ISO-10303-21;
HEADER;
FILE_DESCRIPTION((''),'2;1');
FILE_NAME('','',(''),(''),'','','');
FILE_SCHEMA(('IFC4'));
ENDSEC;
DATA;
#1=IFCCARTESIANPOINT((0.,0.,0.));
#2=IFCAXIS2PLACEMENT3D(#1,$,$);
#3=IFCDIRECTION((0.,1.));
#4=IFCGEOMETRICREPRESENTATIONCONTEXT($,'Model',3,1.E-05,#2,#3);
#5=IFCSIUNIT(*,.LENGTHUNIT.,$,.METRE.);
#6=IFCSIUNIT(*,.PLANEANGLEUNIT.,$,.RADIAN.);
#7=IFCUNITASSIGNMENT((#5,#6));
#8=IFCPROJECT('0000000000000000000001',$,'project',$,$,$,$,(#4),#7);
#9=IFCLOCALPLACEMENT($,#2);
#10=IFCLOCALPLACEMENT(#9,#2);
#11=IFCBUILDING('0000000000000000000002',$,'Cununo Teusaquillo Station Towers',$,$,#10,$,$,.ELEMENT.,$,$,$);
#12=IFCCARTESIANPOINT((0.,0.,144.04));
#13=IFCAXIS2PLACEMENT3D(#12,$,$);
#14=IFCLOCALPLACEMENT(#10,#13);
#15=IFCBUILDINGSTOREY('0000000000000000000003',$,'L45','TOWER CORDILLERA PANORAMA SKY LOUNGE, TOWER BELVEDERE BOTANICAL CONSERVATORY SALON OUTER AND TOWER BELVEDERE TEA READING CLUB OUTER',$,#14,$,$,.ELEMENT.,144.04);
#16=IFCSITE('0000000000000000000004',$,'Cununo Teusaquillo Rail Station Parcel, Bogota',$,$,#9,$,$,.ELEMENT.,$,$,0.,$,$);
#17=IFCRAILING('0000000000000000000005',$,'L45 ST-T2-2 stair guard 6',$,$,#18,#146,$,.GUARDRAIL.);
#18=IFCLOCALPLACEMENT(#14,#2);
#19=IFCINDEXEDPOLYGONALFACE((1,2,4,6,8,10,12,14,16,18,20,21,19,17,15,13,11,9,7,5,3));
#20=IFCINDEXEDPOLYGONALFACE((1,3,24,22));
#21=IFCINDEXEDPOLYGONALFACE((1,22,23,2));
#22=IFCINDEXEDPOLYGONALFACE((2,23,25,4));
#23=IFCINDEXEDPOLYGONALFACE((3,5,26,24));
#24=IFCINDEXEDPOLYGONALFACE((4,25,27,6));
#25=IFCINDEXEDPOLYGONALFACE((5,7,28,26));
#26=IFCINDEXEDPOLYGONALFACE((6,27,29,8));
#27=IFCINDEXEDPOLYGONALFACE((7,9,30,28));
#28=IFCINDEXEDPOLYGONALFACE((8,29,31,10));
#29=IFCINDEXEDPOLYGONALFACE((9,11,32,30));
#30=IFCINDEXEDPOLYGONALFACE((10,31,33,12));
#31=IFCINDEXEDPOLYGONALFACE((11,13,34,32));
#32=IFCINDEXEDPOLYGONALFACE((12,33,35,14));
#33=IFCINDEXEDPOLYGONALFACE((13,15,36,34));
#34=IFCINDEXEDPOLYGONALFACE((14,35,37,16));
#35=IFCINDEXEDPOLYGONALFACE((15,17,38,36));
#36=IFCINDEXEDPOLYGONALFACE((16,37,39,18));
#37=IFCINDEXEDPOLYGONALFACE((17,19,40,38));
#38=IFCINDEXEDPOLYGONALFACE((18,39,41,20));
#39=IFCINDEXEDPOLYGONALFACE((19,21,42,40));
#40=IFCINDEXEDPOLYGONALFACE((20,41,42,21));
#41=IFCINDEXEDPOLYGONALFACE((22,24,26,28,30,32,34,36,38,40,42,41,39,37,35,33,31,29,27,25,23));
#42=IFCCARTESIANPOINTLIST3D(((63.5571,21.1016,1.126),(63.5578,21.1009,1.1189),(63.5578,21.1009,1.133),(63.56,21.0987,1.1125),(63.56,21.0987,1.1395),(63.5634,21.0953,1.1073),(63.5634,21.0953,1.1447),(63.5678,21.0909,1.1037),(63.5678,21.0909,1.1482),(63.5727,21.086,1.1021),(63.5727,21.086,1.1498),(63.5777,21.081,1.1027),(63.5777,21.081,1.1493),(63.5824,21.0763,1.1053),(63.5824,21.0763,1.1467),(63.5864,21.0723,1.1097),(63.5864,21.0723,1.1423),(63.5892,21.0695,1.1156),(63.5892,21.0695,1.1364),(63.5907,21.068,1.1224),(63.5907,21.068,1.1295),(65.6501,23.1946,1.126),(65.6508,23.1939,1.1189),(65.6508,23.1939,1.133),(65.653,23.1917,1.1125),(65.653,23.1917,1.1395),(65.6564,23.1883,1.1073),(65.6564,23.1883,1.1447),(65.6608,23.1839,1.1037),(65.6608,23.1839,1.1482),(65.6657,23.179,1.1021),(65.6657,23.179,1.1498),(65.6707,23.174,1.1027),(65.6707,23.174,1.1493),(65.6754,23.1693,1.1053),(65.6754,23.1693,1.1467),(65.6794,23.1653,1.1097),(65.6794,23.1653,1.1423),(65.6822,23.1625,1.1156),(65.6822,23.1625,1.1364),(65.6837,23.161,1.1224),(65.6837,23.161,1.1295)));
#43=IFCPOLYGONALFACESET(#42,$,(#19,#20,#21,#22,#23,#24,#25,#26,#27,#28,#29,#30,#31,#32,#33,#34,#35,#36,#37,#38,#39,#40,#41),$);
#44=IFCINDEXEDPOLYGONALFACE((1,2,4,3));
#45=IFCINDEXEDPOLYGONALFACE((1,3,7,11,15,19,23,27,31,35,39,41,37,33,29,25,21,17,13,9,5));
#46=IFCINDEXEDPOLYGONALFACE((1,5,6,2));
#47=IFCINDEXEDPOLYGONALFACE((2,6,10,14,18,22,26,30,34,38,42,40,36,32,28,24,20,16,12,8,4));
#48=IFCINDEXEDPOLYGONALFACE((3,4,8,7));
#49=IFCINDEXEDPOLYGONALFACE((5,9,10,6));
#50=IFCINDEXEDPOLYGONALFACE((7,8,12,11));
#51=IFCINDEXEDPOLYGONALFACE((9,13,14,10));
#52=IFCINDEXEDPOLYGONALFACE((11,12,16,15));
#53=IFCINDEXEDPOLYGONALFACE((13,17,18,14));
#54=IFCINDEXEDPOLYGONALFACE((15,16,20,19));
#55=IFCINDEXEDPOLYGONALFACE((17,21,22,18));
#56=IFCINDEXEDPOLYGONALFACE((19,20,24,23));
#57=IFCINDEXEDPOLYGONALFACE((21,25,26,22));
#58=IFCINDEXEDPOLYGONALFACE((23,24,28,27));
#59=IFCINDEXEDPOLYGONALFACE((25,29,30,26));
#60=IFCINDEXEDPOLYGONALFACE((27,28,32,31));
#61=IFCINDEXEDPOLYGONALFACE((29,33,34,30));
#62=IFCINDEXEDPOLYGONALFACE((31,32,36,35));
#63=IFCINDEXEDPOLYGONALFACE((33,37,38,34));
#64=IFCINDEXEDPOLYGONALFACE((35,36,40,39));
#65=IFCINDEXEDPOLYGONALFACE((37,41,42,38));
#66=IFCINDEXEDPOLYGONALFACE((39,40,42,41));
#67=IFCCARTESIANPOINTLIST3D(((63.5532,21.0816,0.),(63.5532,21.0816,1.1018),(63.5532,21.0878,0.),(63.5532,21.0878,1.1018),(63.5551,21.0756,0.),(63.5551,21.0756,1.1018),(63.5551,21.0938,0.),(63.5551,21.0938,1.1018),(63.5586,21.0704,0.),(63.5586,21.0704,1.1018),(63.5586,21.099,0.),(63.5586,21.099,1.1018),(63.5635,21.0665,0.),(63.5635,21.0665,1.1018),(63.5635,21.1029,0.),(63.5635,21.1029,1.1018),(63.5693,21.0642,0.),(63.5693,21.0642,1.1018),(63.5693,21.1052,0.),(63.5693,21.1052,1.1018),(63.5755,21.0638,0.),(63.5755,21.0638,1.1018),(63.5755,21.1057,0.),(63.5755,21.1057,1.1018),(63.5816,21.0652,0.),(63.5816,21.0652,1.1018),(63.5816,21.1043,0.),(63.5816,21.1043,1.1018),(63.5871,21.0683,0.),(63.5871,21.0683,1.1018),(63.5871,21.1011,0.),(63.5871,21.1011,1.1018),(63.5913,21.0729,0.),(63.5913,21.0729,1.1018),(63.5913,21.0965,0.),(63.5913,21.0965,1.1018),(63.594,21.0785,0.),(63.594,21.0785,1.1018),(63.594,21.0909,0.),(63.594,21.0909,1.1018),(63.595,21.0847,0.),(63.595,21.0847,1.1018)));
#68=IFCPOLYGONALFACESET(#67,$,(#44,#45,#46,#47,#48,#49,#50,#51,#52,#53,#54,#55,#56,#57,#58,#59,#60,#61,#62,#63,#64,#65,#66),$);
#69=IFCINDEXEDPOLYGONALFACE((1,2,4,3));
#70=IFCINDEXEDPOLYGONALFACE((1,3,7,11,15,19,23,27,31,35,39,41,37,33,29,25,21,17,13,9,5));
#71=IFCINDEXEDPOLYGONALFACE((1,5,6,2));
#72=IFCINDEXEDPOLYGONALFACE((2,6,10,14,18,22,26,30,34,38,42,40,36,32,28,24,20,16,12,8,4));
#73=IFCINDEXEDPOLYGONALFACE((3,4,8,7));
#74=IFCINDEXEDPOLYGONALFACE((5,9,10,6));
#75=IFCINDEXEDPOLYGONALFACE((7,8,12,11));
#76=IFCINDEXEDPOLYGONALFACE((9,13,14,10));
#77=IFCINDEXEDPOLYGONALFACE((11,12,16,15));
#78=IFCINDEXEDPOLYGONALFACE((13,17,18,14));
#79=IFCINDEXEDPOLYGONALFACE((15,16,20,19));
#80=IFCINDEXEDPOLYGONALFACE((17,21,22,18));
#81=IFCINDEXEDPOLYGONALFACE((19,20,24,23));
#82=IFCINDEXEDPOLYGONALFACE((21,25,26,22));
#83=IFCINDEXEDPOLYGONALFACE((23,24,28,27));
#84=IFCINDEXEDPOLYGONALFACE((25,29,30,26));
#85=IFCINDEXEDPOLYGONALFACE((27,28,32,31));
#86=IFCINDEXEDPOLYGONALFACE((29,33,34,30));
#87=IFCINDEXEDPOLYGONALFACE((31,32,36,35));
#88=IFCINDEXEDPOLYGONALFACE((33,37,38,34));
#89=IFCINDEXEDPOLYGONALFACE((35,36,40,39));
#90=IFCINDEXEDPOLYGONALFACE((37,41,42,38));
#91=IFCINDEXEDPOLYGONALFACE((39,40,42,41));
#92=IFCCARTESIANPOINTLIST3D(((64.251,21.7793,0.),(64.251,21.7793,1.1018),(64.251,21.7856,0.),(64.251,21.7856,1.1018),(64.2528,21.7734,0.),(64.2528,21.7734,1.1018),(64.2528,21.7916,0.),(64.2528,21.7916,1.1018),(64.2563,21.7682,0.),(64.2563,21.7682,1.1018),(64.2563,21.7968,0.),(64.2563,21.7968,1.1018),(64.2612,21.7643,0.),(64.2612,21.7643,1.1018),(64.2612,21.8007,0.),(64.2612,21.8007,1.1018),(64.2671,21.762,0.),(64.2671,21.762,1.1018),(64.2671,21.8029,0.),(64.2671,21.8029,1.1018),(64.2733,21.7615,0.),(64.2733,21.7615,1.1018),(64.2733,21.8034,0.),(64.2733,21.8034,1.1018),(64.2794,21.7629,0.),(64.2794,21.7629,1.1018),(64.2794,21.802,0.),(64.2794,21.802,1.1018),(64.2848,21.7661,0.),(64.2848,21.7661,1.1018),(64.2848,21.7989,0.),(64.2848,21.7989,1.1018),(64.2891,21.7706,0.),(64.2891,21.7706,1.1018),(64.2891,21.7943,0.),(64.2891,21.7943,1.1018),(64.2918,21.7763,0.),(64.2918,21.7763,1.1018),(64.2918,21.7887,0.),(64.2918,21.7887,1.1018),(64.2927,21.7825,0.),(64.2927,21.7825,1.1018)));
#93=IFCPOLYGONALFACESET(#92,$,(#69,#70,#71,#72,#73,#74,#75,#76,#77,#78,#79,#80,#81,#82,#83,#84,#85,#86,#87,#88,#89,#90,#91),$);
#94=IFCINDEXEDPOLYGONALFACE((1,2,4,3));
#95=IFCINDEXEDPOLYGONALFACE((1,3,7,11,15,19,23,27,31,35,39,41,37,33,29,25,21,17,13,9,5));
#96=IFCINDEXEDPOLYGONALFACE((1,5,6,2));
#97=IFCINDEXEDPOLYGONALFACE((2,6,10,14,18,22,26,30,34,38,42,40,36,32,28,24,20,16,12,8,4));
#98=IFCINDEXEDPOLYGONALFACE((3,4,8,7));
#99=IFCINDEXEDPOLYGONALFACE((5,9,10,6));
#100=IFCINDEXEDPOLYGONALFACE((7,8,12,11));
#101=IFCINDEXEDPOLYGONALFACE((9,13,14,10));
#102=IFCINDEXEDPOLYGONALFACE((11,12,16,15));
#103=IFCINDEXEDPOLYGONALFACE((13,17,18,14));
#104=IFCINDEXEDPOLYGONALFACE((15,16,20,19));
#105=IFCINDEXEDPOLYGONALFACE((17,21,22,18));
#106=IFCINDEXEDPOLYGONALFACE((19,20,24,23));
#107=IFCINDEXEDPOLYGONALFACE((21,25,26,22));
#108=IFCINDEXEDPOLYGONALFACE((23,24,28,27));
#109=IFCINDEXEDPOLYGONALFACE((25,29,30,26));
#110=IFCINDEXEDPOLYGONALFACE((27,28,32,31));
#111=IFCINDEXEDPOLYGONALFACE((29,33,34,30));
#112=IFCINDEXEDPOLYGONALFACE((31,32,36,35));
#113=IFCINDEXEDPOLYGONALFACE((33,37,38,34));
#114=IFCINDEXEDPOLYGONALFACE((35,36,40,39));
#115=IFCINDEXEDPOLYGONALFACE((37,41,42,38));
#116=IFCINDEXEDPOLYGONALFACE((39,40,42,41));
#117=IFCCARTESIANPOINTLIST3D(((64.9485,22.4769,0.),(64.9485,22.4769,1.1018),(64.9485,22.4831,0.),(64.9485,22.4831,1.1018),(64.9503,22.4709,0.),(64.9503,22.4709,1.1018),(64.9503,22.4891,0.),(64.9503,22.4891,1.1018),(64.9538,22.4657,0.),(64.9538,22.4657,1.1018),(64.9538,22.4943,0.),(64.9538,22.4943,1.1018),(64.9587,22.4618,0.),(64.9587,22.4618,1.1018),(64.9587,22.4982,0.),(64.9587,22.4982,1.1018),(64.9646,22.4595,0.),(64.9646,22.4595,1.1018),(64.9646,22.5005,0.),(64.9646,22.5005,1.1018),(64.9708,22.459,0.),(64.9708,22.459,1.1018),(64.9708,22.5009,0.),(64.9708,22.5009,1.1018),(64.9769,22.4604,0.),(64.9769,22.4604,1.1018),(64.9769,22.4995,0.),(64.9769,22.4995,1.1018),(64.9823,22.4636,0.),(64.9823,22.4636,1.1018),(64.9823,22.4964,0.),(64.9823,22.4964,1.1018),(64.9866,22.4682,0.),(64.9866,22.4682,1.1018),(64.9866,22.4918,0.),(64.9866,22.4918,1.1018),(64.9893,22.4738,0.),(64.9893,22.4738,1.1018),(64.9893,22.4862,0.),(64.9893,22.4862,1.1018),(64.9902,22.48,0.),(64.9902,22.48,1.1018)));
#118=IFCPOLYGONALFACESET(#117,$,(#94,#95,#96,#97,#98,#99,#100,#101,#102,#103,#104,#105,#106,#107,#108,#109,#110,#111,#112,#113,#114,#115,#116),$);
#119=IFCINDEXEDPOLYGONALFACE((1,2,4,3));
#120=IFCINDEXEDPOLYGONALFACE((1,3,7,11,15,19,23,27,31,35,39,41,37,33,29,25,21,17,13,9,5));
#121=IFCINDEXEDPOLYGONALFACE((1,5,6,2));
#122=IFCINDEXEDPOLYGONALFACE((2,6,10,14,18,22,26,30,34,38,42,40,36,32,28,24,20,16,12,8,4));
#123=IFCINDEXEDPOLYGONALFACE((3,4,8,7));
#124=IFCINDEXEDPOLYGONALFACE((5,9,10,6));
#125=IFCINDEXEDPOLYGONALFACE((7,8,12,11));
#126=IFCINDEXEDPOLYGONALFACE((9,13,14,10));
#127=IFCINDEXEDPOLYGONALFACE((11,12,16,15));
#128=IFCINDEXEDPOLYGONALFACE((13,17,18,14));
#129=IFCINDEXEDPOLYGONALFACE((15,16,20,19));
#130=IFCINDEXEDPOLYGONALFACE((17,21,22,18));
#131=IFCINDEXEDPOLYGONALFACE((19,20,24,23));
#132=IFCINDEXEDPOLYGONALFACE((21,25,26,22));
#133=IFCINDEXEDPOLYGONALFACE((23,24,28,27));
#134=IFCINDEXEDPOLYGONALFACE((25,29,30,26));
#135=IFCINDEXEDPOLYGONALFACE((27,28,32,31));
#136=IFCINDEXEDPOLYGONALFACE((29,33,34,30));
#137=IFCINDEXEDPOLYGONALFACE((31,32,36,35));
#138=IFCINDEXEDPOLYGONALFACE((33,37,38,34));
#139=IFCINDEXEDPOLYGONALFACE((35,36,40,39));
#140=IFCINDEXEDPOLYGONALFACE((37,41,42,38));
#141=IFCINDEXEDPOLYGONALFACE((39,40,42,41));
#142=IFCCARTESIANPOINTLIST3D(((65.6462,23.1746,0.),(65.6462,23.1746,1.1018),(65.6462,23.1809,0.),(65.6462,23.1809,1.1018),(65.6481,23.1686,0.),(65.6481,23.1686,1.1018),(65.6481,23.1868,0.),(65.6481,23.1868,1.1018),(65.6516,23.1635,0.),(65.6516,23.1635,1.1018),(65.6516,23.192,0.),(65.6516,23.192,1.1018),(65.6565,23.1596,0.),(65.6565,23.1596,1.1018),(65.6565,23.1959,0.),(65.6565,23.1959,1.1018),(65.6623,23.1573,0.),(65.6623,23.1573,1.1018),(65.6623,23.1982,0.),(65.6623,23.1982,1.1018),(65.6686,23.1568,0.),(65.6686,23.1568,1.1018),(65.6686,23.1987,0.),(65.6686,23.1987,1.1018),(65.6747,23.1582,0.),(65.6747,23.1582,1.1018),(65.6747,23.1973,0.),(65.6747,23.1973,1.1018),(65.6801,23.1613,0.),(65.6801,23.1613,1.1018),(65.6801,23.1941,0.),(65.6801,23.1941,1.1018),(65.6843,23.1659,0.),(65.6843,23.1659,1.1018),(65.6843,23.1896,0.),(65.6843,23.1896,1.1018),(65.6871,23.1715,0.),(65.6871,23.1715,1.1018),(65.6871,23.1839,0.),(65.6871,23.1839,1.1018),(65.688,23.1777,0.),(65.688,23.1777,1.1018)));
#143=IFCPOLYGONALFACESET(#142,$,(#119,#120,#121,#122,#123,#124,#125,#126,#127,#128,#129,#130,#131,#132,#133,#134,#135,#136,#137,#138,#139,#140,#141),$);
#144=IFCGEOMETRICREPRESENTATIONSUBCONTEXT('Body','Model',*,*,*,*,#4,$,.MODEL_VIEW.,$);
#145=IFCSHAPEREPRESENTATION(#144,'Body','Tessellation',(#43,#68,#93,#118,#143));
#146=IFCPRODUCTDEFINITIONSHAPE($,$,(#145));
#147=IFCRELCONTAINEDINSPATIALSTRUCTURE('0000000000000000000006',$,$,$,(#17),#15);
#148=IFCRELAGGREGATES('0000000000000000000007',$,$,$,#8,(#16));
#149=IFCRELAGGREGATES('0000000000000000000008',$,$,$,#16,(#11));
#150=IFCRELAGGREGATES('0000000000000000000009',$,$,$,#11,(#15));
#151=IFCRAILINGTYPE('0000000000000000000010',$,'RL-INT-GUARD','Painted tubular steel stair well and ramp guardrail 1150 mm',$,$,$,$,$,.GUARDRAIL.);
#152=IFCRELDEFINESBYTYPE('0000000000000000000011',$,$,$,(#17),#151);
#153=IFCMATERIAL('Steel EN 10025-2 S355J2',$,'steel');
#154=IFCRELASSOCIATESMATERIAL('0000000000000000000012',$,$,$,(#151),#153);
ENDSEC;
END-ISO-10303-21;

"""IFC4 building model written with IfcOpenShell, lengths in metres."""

from ifc_helpers import new_model, si_unit, direction, frame, origin, origin_2d, place, context, subcontext, project, spatial, circle, extrude, material, type_object, element, save


model = new_model("IFC4")

# Units and contexts
model_context = context("Model", 3, precision=1e-05, world=origin(), true_north=direction((0.0, 1.0)))
body_context = subcontext(model_context, "Body", "Model", "MODEL_VIEW")
ifc_project = project(units=[si_unit("LENGTHUNIT", "METRE"), si_unit("PLANEANGLEUNIT", "RADIAN")], contexts=[model_context])

# Site, building, storey
site_placement = place(None, origin())
site = spatial("IfcSite", under=ifc_project, at=site_placement, Name="Cununo Teusaquillo Rail Station Parcel, Bogota", CompositionType="ELEMENT", RefElevation=0.0)
building_placement = place(site_placement, origin())
building = spatial("IfcBuilding", under=site, at=building_placement, Name="Cununo Teusaquillo Station Towers", CompositionType="ELEMENT")
storey_placement = place(building_placement, frame((0.0, 0.0, 144.04)))
storey = spatial("IfcBuildingStorey", under=building, at=storey_placement, Name="L45", Description="TOWER CORDILLERA PANORAMA SKY LOUNGE, TOWER BELVEDERE BOTANICAL CONSERVATORY SALON OUTER AND TOWER BELVEDERE TEA READING CLUB OUTER", CompositionType="ELEMENT", Elevation=144.04)

# Railing
ifc_material_1 = material(Name="Steel EN 10025-2 S355J2", Category="steel")
railing_type = type_object("IfcRailingType", Name="RL-INT-GUARD", Description="Painted tubular steel stair well and ramp guardrail 1150 mm", PredefinedType="GUARDRAIL", material=ifc_material_1)
railing_1_placement = place(storey_placement, frame((63.574, 21.0847, 0.0)))
element("IfcRailing", 1, at=railing_1_placement, inside=storey, type_object=railing_type, Name="L45 ST-T2-2 stair guard 6", PredefinedType="GUARDRAIL", context=body_context, shape_type="SweptSolid", body=[
    extrude(circle(Radius=0.0239, at=origin_2d()), frame((0.0, 0.0, 1.126), z_axis=(0.707107, 0.707107, 0.0), x_axis=(-0.707107, 0.707107, 0.0)), (0.0, 0.0, 1.0), 2.96),
    extrude(circle(Radius=0.021, at=origin_2d()), origin(), (0.0, 0.0, 1.0), 1.1018),
    extrude(circle(Radius=0.021, at=origin_2d()), frame((0.6978, 0.6978, 0.0)), (0.0, 0.0, 1.0), 1.1018),
    extrude(circle(Radius=0.021, at=origin_2d()), frame((1.3953, 1.3953, 0.0)), (0.0, 0.0, 1.0), 1.1018),
    extrude(circle(Radius=0.021, at=origin_2d()), frame((2.093, 2.093, 0.0)), (0.0, 0.0, 1.0), 1.1018),
])

save(model, "model.ifc")
